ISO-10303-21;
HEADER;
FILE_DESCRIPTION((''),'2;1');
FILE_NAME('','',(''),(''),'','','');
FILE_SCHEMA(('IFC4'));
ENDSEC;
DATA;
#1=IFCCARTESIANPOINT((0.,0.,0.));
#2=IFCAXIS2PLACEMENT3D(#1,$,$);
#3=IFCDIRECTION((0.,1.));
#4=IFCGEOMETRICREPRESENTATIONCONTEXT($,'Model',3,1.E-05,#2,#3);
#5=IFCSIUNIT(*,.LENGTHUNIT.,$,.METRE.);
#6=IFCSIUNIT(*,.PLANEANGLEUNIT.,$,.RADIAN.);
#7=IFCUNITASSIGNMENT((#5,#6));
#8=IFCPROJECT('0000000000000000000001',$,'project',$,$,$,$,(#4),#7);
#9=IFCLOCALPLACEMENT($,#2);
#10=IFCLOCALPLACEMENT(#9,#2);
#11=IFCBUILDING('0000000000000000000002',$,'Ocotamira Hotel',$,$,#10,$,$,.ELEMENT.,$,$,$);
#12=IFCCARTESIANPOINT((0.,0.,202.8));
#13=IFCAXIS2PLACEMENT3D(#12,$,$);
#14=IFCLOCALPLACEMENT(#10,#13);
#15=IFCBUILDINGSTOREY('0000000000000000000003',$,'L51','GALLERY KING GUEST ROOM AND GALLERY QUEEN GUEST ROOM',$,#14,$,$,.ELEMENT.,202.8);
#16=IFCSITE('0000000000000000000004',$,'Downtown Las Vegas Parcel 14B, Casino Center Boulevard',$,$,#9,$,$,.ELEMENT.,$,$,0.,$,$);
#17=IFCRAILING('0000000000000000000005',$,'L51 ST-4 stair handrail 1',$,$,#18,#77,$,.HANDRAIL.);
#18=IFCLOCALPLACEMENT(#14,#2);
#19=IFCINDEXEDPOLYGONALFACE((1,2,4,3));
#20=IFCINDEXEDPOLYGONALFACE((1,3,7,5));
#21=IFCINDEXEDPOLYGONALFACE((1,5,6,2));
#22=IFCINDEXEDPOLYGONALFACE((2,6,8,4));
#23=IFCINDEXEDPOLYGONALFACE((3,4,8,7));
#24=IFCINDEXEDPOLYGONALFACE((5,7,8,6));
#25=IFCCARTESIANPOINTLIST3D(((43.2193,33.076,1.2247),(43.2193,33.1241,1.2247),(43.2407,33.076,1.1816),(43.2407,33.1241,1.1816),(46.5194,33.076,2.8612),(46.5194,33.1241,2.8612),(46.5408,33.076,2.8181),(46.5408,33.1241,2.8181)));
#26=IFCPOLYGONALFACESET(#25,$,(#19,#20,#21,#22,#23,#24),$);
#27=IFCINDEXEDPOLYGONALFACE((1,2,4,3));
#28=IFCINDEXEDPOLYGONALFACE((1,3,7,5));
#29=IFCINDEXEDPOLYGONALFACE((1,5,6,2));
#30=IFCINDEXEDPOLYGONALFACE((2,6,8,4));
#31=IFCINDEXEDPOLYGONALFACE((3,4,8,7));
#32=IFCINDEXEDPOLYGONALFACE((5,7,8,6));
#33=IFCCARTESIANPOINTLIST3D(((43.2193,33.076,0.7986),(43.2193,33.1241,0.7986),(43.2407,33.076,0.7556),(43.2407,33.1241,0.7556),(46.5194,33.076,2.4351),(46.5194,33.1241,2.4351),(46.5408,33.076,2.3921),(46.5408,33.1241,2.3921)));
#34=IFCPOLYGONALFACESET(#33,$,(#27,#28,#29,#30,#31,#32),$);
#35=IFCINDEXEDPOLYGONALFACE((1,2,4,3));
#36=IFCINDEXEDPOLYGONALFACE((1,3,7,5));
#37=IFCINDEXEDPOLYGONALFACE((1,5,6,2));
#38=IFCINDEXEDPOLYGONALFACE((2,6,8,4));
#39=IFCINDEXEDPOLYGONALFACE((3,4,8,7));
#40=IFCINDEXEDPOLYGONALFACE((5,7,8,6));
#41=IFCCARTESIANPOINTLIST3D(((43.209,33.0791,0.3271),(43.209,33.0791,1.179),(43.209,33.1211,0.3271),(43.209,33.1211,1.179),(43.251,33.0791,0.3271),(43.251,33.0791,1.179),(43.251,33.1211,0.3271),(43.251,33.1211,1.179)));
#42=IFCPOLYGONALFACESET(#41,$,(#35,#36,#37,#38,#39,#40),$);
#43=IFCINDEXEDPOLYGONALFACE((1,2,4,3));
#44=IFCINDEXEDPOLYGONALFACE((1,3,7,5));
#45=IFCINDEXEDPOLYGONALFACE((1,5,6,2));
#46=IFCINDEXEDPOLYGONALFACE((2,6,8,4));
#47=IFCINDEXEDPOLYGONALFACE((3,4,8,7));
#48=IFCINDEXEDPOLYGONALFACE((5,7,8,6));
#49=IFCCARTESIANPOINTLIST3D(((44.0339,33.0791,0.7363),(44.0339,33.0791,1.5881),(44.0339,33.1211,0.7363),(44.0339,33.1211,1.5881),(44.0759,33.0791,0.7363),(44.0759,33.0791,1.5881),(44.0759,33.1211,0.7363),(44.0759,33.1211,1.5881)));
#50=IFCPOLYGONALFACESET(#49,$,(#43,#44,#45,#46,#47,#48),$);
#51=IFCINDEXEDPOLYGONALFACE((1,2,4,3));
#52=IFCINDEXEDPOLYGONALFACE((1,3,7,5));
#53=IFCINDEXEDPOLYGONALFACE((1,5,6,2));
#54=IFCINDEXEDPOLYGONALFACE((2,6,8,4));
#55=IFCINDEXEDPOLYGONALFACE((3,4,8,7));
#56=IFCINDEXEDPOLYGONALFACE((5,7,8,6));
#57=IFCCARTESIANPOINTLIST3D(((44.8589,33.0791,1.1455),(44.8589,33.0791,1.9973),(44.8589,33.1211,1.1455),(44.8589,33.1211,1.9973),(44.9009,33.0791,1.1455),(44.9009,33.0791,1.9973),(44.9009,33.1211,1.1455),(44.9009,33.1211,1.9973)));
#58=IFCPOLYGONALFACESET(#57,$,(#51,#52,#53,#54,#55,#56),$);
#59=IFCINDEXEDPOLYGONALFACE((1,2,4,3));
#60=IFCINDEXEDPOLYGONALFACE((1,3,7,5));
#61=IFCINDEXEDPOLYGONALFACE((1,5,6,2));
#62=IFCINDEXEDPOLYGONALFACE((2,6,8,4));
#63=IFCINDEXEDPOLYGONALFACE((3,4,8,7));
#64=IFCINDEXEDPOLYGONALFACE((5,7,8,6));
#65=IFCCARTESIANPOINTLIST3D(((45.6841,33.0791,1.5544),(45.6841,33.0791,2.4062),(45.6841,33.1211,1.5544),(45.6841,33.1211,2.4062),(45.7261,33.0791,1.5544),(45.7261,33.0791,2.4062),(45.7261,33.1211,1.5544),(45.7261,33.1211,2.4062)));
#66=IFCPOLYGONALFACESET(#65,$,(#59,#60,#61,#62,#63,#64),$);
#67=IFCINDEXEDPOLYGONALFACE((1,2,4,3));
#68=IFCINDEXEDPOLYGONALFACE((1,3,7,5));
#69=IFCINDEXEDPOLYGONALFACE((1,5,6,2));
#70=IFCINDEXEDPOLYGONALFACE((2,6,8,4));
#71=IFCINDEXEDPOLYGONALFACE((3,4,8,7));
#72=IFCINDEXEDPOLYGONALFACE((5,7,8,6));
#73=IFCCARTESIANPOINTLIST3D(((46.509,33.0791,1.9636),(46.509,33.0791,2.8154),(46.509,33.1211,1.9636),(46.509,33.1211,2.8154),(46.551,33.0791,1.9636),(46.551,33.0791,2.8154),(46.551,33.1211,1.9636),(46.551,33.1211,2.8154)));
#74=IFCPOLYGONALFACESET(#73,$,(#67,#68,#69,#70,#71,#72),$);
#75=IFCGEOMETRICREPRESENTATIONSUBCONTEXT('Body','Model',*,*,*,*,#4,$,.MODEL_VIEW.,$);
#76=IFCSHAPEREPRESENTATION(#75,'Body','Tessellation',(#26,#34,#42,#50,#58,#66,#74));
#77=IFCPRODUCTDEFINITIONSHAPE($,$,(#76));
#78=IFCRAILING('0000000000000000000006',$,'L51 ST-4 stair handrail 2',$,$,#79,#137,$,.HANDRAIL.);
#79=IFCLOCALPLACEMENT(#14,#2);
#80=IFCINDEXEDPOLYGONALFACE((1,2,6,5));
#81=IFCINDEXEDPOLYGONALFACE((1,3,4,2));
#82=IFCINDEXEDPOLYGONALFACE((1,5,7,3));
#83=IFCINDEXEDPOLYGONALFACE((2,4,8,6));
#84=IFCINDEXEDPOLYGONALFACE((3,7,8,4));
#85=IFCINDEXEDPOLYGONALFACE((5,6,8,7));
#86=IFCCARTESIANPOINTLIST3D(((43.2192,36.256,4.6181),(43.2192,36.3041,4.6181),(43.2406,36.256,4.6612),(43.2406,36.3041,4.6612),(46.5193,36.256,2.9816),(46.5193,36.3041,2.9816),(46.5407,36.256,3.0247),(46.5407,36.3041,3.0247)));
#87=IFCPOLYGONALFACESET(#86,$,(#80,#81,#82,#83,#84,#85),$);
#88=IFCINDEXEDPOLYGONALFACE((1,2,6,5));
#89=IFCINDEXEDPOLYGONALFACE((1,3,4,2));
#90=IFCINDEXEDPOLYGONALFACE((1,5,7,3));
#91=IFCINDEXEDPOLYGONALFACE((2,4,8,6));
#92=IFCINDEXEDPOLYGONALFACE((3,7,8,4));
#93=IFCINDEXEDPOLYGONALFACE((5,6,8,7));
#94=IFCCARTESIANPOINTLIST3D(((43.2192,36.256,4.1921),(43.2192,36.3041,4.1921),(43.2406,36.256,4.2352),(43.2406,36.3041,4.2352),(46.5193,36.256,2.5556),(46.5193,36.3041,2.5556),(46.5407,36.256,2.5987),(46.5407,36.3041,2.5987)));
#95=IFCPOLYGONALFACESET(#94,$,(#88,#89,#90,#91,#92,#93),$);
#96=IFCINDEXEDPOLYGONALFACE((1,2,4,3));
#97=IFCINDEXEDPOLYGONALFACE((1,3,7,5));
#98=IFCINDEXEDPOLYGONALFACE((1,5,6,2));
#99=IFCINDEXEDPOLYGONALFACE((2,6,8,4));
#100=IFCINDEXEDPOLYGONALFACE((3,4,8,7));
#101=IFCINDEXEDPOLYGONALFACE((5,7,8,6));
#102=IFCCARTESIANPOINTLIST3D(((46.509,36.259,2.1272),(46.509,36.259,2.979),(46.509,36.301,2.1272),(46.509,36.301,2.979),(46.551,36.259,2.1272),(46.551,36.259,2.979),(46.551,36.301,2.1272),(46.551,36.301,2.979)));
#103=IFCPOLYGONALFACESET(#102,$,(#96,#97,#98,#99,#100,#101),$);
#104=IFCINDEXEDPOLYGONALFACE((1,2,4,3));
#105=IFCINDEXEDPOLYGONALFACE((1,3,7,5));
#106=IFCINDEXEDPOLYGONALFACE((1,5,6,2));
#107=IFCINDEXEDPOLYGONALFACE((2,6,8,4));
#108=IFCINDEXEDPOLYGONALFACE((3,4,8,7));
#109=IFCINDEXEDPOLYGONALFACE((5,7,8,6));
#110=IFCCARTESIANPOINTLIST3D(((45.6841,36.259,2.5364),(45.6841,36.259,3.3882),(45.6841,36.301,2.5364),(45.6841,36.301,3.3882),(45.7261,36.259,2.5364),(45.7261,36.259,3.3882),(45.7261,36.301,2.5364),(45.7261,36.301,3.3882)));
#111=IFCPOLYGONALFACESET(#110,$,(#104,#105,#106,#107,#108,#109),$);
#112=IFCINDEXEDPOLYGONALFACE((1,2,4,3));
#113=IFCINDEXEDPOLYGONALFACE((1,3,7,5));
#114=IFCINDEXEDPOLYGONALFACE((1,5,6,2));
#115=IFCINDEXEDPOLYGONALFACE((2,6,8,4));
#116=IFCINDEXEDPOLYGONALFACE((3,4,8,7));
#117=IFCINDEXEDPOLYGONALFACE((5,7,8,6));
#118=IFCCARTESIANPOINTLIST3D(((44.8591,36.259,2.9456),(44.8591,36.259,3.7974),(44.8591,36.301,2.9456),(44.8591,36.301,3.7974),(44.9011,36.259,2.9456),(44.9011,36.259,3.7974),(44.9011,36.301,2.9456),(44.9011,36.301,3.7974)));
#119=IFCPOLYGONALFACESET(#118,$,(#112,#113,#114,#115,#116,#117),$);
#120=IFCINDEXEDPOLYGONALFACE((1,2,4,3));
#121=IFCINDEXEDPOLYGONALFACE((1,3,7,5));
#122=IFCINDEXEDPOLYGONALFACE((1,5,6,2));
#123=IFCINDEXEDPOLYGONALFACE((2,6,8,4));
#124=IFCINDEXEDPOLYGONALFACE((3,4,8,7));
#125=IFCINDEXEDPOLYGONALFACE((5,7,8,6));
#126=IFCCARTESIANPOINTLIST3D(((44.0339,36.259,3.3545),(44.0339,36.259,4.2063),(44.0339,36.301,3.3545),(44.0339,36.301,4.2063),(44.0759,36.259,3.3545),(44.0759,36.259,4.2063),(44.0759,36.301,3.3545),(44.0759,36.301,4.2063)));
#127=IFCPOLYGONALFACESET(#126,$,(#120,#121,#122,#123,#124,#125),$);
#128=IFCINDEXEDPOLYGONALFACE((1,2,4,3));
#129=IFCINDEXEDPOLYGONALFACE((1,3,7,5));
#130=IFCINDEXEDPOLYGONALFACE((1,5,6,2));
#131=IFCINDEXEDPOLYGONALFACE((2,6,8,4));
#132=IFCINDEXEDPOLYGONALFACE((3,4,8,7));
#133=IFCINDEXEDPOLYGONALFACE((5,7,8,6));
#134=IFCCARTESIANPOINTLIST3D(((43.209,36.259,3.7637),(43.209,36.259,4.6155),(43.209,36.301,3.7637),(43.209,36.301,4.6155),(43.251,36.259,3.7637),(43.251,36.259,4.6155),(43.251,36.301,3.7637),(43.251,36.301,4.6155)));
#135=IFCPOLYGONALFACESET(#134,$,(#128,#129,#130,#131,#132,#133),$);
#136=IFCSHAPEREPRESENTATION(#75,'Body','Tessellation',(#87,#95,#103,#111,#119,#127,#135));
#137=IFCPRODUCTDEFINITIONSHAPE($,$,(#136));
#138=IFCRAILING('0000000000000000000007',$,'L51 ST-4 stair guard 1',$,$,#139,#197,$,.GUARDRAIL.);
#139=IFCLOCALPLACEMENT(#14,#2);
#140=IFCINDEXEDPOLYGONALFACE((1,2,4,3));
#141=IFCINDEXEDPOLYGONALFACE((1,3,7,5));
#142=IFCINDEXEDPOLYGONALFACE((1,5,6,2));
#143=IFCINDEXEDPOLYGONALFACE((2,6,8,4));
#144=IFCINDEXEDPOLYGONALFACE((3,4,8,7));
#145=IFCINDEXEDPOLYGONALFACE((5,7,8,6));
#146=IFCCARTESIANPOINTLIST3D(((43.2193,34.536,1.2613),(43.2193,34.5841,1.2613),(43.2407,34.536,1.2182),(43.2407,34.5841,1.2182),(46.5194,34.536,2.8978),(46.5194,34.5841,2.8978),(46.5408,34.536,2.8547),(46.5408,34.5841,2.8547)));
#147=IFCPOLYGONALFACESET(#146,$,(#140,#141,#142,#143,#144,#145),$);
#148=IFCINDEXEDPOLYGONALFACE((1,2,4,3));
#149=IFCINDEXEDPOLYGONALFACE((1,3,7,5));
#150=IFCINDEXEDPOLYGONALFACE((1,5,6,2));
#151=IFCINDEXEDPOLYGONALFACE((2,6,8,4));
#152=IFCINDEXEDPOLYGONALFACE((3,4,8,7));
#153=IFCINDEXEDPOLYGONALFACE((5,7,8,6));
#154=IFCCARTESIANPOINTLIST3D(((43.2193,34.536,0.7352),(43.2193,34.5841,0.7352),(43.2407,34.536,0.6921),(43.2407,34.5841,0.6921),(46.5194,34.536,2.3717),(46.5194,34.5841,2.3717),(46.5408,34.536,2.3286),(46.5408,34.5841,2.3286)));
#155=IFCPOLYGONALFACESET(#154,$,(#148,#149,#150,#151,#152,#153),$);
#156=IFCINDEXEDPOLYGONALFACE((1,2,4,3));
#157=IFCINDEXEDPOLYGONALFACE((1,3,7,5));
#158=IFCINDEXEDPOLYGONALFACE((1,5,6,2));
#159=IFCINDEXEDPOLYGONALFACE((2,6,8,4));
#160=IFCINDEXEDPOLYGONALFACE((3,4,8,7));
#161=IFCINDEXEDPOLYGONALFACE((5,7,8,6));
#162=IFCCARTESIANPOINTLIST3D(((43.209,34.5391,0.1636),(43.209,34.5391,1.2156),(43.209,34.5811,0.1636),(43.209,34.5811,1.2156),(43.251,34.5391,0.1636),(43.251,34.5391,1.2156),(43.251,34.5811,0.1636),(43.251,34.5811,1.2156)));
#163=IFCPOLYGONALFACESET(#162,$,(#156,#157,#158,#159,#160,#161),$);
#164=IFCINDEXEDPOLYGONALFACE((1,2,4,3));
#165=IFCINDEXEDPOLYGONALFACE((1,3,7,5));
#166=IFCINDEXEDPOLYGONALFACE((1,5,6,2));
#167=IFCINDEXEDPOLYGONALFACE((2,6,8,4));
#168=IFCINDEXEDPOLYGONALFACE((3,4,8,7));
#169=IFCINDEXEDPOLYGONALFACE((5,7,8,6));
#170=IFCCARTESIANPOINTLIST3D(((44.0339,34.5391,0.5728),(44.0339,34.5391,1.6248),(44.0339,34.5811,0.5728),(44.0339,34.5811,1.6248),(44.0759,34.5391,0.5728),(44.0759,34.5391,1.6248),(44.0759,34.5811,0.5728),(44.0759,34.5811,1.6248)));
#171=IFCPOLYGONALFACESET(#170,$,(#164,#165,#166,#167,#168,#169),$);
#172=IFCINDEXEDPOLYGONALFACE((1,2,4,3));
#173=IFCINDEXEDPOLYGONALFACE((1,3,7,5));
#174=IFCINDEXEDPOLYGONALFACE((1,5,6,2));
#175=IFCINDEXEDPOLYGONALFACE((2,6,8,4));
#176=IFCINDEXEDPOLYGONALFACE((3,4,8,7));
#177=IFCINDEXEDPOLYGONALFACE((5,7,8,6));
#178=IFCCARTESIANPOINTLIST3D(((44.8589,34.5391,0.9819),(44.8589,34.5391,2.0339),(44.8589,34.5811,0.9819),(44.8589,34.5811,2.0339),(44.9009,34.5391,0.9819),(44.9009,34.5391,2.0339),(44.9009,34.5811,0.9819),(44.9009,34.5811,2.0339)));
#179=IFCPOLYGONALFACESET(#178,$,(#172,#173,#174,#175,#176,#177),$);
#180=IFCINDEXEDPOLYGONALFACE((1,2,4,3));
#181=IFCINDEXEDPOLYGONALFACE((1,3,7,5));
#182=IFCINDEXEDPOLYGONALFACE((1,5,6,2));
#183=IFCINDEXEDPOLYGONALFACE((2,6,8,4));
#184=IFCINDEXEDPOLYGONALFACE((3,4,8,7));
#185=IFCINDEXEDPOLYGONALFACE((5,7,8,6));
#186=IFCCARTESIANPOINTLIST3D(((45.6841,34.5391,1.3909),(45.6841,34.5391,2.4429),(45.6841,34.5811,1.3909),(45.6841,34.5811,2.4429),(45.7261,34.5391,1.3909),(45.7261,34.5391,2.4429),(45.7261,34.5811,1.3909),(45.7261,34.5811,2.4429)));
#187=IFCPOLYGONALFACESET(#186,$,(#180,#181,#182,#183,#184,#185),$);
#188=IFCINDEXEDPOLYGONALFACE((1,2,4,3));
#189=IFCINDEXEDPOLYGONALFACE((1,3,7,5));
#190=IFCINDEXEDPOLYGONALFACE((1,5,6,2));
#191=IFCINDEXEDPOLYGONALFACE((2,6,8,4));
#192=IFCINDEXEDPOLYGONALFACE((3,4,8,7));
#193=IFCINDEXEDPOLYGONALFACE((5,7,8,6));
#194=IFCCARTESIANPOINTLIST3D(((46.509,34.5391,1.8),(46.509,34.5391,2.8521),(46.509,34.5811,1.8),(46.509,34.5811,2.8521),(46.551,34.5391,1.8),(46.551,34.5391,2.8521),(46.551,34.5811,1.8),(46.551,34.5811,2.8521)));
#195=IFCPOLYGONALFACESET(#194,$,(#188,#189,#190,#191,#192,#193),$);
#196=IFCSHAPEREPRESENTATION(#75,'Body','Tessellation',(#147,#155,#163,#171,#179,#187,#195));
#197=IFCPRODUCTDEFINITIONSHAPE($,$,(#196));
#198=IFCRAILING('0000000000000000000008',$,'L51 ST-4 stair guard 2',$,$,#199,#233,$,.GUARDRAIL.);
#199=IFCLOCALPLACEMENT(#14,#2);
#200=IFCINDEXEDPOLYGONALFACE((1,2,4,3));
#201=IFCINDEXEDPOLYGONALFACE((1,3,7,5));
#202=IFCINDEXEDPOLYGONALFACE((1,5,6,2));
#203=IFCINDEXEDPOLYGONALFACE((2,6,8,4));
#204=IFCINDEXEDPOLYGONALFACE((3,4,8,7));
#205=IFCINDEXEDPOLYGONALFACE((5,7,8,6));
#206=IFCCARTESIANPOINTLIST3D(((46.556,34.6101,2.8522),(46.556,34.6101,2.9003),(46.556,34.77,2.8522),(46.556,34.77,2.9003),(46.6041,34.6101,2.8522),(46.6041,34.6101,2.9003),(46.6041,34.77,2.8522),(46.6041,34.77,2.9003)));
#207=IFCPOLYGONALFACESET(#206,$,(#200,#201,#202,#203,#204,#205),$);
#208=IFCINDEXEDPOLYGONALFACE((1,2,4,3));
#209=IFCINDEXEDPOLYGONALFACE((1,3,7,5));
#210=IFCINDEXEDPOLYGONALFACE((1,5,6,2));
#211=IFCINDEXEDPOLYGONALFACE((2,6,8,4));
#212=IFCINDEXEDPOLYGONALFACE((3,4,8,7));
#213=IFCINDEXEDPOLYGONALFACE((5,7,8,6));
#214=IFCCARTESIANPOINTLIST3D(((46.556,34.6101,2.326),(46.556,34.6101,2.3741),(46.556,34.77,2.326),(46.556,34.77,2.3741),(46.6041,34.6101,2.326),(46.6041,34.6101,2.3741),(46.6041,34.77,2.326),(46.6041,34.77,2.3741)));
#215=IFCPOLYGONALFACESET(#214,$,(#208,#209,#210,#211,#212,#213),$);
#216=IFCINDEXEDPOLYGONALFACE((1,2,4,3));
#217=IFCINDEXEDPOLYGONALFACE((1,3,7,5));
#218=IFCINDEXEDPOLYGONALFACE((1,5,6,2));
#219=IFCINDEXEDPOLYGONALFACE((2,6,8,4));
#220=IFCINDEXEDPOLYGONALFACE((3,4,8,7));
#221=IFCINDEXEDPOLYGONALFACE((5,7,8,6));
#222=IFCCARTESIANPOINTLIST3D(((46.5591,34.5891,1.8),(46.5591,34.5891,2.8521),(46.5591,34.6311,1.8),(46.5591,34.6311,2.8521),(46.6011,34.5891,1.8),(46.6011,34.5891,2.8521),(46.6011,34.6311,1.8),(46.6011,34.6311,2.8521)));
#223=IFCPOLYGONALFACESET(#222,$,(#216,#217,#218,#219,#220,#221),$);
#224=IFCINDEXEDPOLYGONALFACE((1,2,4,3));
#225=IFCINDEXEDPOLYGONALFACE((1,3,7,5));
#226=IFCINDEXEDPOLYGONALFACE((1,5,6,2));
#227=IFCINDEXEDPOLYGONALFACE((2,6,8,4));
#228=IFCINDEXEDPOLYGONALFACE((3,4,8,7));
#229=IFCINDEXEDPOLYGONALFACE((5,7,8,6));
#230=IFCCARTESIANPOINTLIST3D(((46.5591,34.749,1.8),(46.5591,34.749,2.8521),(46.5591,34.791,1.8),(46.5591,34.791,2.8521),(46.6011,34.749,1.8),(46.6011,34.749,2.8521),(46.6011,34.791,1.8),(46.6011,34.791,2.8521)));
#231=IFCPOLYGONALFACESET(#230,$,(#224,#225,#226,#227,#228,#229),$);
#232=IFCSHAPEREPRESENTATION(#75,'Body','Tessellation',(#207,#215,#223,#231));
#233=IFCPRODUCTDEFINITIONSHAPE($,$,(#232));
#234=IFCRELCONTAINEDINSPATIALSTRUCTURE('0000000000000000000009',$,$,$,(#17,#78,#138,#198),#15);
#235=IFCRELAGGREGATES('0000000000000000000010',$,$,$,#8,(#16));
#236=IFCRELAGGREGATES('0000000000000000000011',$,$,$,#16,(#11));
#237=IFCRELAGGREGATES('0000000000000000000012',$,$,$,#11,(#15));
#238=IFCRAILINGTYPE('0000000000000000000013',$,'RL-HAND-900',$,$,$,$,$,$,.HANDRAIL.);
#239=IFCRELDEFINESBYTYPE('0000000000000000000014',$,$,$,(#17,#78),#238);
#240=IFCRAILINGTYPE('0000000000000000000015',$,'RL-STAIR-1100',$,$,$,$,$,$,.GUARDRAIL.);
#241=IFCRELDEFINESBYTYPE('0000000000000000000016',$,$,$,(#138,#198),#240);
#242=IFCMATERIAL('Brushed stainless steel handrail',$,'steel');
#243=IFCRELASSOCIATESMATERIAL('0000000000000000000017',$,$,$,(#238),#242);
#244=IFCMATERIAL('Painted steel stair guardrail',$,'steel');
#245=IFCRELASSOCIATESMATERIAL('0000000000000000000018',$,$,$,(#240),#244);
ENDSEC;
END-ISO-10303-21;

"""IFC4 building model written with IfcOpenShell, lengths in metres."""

from ifc_helpers import new_model, si_unit, direction, frame, origin, origin_2d, place, context, subcontext, project, spatial, rectangle, extrude, material, type_object, element, save


model = new_model("IFC4")

# Units and contexts
model_context = context("Model", 3, precision=1e-05, world=origin(), true_north=direction((0.0, 1.0)))
body_context = subcontext(model_context, "Body", "Model", "MODEL_VIEW")
ifc_project = project(units=[si_unit("LENGTHUNIT", "METRE"), si_unit("PLANEANGLEUNIT", "RADIAN")], contexts=[model_context])

# Site, building, storey
site_placement = place(None, origin())
site = spatial("IfcSite", under=ifc_project, at=site_placement, Name="Downtown Las Vegas Parcel 14B, Casino Center Boulevard", CompositionType="ELEMENT", RefElevation=0.0)
building_placement = place(site_placement, origin())
building = spatial("IfcBuilding", under=site, at=building_placement, Name="Ocotamira Hotel", CompositionType="ELEMENT")
storey_placement = place(building_placement, frame((0.0, 0.0, 202.8)))
storey = spatial("IfcBuildingStorey", under=building, at=storey_placement, Name="L51", Description="GALLERY KING GUEST ROOM AND GALLERY QUEEN GUEST ROOM", CompositionType="ELEMENT", Elevation=202.8)

# Railings
ifc_material_1 = material(Name="Brushed stainless steel handrail", Category="steel")
railing_type_1 = type_object("IfcRailingType", Name="RL-HAND-900", PredefinedType="HANDRAIL", material=ifc_material_1)
railing_1_placement = place(storey_placement, frame((43.23, 33.1001, 0.3271)))
element("IfcRailing", 1, at=railing_1_placement, inside=storey, type_object=railing_type_1, Name="L51 ST-4 stair handrail 1", PredefinedType="HANDRAIL", context=body_context, shape_type="SweptSolid", body=[
    extrude(rectangle(XDim=0.0481, YDim=0.0481, at=origin_2d()), frame((0.0, 0.0, 0.876), z_axis=(0.895894, 0.0, 0.444268), x_axis=(0.0, 1.0, 0.0)), (0.0, 0.0, 1.0), 3.6836),
    extrude(rectangle(XDim=0.0481, YDim=0.0481, at=origin_2d()), frame((0.0, 0.0, 0.45), z_axis=(0.895894, 0.0, 0.444268), x_axis=(0.0, 1.0, 0.0)), (0.0, 0.0, 1.0), 3.6836),
    extrude(rectangle(XDim=0.042, YDim=0.042, at=origin_2d()), origin(), (0.0, 0.0, 1.0), 0.8518),
    extrude(rectangle(XDim=0.042, YDim=0.042, at=origin_2d()), frame((0.825, 0.0, 0.4092)), (0.0, 0.0, 1.0), 0.8518),
    extrude(rectangle(XDim=0.042, YDim=0.042, at=origin_2d()), frame((1.6499, 0.0, 0.8184)), (0.0, 0.0, 1.0), 0.8518),
    extrude(rectangle(XDim=0.042, YDim=0.042, at=origin_2d()), frame((2.4751, 0.0, 1.2273)), (0.0, 0.0, 1.0), 0.8518),
    extrude(rectangle(XDim=0.042, YDim=0.042, at=origin_2d()), frame((3.3, 0.0, 1.6365)), (0.0, 0.0, 1.0), 0.8518),
])
railing_2_placement = place(storey_placement, frame((46.53, 36.28, 2.1272)))
element("IfcRailing", 2, at=railing_2_placement, inside=storey, type_object=railing_type_1, Name="L51 ST-4 stair handrail 2", PredefinedType="HANDRAIL", context=body_context, shape_type="SweptSolid", body=[
    extrude(rectangle(XDim=0.0481, YDim=0.0481, at=origin_2d()), frame((0.0, 0.0, 0.876), z_axis=(-0.895894, 0.0, 0.444268), x_axis=(0.0, -1.0, 0.0)), (0.0, 0.0, 1.0), 3.6836),
    extrude(rectangle(XDim=0.0481, YDim=0.0481, at=origin_2d()), frame((0.0, 0.0, 0.45), z_axis=(-0.895894, 0.0, 0.444268), x_axis=(0.0, -1.0, 0.0)), (0.0, 0.0, 1.0), 3.6836),
    extrude(rectangle(XDim=0.042, YDim=0.042, at=origin_2d()), origin(), (0.0, 0.0, 1.0), 0.8518),
    extrude(rectangle(XDim=0.042, YDim=0.042, at=origin_2d()), frame((-0.825, 0.0, 0.4092)), (0.0, 0.0, 1.0), 0.8518),
    extrude(rectangle(XDim=0.042, YDim=0.042, at=origin_2d()), frame((-1.6499, 0.0, 0.8184)), (0.0, 0.0, 1.0), 0.8518),
    extrude(rectangle(XDim=0.042, YDim=0.042, at=origin_2d()), frame((-2.4751, 0.0, 1.2273)), (0.0, 0.0, 1.0), 0.8518),
    extrude(rectangle(XDim=0.042, YDim=0.042, at=origin_2d()), frame((-3.3, 0.0, 1.6365)), (0.0, 0.0, 1.0), 0.8518),
])
ifc_material_2 = material(Name="Painted steel stair guardrail", Category="steel")
railing_type_2 = type_object("IfcRailingType", Name="RL-STAIR-1100", PredefinedType="GUARDRAIL", material=ifc_material_2)
railing_3_placement = place(storey_placement, frame((43.23, 34.5601, 0.1636)))
element("IfcRailing", 3, at=railing_3_placement, inside=storey, type_object=railing_type_2, Name="L51 ST-4 stair guard 1", PredefinedType="GUARDRAIL", context=body_context, shape_type="SweptSolid", body=[
    extrude(rectangle(XDim=0.0481, YDim=0.0481, at=origin_2d()), frame((0.0, 0.0, 1.0762), z_axis=(0.895894, 0.0, 0.444268), x_axis=(0.0, 1.0, 0.0)), (0.0, 0.0, 1.0), 3.6836),
    extrude(rectangle(XDim=0.0481, YDim=0.0481, at=origin_2d()), frame((0.0, 0.0, 0.55), z_axis=(0.895894, 0.0, 0.444268), x_axis=(0.0, 1.0, 0.0)), (0.0, 0.0, 1.0), 3.6836),
    extrude(rectangle(XDim=0.042, YDim=0.042, at=origin_2d()), origin(), (0.0, 0.0, 1.0), 1.052),
    extrude(rectangle(XDim=0.042, YDim=0.042, at=origin_2d()), frame((0.825, 0.0, 0.4092)), (0.0, 0.0, 1.0), 1.052),
    extrude(rectangle(XDim=0.042, YDim=0.042, at=origin_2d()), frame((1.6499, 0.0, 0.8184)), (0.0, 0.0, 1.0), 1.052),
    extrude(rectangle(XDim=0.042, YDim=0.042, at=origin_2d()), frame((2.4751, 0.0, 1.2273)), (0.0, 0.0, 1.0), 1.052),
    extrude(rectangle(XDim=0.042, YDim=0.042, at=origin_2d()), frame((3.3, 0.0, 1.6365)), (0.0, 0.0, 1.0), 1.052),
])
railing_4_placement = place(storey_placement, frame((46.5801, 34.6101, 1.8)))
element("IfcRailing", 4, at=railing_4_placement, inside=storey, type_object=railing_type_2, Name="L51 ST-4 stair guard 2", PredefinedType="GUARDRAIL", context=body_context, shape_type="SweptSolid", body=[
    extrude(rectangle(XDim=0.0481, YDim=0.0481, at=origin_2d()), frame((0.0, 0.0, 1.0762), z_axis=(0.0, 1.0, 0.0), x_axis=(-1.0, 0.0, 0.0)), (0.0, 0.0, 1.0), 0.1599),
    extrude(rectangle(XDim=0.0481, YDim=0.0481, at=origin_2d()), frame((0.0, 0.0, 0.55), z_axis=(0.0, 1.0, 0.0), x_axis=(-1.0, 0.0, 0.0)), (0.0, 0.0, 1.0), 0.1599),
    extrude(rectangle(XDim=0.042, YDim=0.042, at=origin_2d()), origin(), (0.0, 0.0, 1.0), 1.052),
    extrude(rectangle(XDim=0.042, YDim=0.042, at=origin_2d()), frame((0.0, 0.1599, 0.0)), (0.0, 0.0, 1.0), 1.052),
])

save(model, "model.ifc")
